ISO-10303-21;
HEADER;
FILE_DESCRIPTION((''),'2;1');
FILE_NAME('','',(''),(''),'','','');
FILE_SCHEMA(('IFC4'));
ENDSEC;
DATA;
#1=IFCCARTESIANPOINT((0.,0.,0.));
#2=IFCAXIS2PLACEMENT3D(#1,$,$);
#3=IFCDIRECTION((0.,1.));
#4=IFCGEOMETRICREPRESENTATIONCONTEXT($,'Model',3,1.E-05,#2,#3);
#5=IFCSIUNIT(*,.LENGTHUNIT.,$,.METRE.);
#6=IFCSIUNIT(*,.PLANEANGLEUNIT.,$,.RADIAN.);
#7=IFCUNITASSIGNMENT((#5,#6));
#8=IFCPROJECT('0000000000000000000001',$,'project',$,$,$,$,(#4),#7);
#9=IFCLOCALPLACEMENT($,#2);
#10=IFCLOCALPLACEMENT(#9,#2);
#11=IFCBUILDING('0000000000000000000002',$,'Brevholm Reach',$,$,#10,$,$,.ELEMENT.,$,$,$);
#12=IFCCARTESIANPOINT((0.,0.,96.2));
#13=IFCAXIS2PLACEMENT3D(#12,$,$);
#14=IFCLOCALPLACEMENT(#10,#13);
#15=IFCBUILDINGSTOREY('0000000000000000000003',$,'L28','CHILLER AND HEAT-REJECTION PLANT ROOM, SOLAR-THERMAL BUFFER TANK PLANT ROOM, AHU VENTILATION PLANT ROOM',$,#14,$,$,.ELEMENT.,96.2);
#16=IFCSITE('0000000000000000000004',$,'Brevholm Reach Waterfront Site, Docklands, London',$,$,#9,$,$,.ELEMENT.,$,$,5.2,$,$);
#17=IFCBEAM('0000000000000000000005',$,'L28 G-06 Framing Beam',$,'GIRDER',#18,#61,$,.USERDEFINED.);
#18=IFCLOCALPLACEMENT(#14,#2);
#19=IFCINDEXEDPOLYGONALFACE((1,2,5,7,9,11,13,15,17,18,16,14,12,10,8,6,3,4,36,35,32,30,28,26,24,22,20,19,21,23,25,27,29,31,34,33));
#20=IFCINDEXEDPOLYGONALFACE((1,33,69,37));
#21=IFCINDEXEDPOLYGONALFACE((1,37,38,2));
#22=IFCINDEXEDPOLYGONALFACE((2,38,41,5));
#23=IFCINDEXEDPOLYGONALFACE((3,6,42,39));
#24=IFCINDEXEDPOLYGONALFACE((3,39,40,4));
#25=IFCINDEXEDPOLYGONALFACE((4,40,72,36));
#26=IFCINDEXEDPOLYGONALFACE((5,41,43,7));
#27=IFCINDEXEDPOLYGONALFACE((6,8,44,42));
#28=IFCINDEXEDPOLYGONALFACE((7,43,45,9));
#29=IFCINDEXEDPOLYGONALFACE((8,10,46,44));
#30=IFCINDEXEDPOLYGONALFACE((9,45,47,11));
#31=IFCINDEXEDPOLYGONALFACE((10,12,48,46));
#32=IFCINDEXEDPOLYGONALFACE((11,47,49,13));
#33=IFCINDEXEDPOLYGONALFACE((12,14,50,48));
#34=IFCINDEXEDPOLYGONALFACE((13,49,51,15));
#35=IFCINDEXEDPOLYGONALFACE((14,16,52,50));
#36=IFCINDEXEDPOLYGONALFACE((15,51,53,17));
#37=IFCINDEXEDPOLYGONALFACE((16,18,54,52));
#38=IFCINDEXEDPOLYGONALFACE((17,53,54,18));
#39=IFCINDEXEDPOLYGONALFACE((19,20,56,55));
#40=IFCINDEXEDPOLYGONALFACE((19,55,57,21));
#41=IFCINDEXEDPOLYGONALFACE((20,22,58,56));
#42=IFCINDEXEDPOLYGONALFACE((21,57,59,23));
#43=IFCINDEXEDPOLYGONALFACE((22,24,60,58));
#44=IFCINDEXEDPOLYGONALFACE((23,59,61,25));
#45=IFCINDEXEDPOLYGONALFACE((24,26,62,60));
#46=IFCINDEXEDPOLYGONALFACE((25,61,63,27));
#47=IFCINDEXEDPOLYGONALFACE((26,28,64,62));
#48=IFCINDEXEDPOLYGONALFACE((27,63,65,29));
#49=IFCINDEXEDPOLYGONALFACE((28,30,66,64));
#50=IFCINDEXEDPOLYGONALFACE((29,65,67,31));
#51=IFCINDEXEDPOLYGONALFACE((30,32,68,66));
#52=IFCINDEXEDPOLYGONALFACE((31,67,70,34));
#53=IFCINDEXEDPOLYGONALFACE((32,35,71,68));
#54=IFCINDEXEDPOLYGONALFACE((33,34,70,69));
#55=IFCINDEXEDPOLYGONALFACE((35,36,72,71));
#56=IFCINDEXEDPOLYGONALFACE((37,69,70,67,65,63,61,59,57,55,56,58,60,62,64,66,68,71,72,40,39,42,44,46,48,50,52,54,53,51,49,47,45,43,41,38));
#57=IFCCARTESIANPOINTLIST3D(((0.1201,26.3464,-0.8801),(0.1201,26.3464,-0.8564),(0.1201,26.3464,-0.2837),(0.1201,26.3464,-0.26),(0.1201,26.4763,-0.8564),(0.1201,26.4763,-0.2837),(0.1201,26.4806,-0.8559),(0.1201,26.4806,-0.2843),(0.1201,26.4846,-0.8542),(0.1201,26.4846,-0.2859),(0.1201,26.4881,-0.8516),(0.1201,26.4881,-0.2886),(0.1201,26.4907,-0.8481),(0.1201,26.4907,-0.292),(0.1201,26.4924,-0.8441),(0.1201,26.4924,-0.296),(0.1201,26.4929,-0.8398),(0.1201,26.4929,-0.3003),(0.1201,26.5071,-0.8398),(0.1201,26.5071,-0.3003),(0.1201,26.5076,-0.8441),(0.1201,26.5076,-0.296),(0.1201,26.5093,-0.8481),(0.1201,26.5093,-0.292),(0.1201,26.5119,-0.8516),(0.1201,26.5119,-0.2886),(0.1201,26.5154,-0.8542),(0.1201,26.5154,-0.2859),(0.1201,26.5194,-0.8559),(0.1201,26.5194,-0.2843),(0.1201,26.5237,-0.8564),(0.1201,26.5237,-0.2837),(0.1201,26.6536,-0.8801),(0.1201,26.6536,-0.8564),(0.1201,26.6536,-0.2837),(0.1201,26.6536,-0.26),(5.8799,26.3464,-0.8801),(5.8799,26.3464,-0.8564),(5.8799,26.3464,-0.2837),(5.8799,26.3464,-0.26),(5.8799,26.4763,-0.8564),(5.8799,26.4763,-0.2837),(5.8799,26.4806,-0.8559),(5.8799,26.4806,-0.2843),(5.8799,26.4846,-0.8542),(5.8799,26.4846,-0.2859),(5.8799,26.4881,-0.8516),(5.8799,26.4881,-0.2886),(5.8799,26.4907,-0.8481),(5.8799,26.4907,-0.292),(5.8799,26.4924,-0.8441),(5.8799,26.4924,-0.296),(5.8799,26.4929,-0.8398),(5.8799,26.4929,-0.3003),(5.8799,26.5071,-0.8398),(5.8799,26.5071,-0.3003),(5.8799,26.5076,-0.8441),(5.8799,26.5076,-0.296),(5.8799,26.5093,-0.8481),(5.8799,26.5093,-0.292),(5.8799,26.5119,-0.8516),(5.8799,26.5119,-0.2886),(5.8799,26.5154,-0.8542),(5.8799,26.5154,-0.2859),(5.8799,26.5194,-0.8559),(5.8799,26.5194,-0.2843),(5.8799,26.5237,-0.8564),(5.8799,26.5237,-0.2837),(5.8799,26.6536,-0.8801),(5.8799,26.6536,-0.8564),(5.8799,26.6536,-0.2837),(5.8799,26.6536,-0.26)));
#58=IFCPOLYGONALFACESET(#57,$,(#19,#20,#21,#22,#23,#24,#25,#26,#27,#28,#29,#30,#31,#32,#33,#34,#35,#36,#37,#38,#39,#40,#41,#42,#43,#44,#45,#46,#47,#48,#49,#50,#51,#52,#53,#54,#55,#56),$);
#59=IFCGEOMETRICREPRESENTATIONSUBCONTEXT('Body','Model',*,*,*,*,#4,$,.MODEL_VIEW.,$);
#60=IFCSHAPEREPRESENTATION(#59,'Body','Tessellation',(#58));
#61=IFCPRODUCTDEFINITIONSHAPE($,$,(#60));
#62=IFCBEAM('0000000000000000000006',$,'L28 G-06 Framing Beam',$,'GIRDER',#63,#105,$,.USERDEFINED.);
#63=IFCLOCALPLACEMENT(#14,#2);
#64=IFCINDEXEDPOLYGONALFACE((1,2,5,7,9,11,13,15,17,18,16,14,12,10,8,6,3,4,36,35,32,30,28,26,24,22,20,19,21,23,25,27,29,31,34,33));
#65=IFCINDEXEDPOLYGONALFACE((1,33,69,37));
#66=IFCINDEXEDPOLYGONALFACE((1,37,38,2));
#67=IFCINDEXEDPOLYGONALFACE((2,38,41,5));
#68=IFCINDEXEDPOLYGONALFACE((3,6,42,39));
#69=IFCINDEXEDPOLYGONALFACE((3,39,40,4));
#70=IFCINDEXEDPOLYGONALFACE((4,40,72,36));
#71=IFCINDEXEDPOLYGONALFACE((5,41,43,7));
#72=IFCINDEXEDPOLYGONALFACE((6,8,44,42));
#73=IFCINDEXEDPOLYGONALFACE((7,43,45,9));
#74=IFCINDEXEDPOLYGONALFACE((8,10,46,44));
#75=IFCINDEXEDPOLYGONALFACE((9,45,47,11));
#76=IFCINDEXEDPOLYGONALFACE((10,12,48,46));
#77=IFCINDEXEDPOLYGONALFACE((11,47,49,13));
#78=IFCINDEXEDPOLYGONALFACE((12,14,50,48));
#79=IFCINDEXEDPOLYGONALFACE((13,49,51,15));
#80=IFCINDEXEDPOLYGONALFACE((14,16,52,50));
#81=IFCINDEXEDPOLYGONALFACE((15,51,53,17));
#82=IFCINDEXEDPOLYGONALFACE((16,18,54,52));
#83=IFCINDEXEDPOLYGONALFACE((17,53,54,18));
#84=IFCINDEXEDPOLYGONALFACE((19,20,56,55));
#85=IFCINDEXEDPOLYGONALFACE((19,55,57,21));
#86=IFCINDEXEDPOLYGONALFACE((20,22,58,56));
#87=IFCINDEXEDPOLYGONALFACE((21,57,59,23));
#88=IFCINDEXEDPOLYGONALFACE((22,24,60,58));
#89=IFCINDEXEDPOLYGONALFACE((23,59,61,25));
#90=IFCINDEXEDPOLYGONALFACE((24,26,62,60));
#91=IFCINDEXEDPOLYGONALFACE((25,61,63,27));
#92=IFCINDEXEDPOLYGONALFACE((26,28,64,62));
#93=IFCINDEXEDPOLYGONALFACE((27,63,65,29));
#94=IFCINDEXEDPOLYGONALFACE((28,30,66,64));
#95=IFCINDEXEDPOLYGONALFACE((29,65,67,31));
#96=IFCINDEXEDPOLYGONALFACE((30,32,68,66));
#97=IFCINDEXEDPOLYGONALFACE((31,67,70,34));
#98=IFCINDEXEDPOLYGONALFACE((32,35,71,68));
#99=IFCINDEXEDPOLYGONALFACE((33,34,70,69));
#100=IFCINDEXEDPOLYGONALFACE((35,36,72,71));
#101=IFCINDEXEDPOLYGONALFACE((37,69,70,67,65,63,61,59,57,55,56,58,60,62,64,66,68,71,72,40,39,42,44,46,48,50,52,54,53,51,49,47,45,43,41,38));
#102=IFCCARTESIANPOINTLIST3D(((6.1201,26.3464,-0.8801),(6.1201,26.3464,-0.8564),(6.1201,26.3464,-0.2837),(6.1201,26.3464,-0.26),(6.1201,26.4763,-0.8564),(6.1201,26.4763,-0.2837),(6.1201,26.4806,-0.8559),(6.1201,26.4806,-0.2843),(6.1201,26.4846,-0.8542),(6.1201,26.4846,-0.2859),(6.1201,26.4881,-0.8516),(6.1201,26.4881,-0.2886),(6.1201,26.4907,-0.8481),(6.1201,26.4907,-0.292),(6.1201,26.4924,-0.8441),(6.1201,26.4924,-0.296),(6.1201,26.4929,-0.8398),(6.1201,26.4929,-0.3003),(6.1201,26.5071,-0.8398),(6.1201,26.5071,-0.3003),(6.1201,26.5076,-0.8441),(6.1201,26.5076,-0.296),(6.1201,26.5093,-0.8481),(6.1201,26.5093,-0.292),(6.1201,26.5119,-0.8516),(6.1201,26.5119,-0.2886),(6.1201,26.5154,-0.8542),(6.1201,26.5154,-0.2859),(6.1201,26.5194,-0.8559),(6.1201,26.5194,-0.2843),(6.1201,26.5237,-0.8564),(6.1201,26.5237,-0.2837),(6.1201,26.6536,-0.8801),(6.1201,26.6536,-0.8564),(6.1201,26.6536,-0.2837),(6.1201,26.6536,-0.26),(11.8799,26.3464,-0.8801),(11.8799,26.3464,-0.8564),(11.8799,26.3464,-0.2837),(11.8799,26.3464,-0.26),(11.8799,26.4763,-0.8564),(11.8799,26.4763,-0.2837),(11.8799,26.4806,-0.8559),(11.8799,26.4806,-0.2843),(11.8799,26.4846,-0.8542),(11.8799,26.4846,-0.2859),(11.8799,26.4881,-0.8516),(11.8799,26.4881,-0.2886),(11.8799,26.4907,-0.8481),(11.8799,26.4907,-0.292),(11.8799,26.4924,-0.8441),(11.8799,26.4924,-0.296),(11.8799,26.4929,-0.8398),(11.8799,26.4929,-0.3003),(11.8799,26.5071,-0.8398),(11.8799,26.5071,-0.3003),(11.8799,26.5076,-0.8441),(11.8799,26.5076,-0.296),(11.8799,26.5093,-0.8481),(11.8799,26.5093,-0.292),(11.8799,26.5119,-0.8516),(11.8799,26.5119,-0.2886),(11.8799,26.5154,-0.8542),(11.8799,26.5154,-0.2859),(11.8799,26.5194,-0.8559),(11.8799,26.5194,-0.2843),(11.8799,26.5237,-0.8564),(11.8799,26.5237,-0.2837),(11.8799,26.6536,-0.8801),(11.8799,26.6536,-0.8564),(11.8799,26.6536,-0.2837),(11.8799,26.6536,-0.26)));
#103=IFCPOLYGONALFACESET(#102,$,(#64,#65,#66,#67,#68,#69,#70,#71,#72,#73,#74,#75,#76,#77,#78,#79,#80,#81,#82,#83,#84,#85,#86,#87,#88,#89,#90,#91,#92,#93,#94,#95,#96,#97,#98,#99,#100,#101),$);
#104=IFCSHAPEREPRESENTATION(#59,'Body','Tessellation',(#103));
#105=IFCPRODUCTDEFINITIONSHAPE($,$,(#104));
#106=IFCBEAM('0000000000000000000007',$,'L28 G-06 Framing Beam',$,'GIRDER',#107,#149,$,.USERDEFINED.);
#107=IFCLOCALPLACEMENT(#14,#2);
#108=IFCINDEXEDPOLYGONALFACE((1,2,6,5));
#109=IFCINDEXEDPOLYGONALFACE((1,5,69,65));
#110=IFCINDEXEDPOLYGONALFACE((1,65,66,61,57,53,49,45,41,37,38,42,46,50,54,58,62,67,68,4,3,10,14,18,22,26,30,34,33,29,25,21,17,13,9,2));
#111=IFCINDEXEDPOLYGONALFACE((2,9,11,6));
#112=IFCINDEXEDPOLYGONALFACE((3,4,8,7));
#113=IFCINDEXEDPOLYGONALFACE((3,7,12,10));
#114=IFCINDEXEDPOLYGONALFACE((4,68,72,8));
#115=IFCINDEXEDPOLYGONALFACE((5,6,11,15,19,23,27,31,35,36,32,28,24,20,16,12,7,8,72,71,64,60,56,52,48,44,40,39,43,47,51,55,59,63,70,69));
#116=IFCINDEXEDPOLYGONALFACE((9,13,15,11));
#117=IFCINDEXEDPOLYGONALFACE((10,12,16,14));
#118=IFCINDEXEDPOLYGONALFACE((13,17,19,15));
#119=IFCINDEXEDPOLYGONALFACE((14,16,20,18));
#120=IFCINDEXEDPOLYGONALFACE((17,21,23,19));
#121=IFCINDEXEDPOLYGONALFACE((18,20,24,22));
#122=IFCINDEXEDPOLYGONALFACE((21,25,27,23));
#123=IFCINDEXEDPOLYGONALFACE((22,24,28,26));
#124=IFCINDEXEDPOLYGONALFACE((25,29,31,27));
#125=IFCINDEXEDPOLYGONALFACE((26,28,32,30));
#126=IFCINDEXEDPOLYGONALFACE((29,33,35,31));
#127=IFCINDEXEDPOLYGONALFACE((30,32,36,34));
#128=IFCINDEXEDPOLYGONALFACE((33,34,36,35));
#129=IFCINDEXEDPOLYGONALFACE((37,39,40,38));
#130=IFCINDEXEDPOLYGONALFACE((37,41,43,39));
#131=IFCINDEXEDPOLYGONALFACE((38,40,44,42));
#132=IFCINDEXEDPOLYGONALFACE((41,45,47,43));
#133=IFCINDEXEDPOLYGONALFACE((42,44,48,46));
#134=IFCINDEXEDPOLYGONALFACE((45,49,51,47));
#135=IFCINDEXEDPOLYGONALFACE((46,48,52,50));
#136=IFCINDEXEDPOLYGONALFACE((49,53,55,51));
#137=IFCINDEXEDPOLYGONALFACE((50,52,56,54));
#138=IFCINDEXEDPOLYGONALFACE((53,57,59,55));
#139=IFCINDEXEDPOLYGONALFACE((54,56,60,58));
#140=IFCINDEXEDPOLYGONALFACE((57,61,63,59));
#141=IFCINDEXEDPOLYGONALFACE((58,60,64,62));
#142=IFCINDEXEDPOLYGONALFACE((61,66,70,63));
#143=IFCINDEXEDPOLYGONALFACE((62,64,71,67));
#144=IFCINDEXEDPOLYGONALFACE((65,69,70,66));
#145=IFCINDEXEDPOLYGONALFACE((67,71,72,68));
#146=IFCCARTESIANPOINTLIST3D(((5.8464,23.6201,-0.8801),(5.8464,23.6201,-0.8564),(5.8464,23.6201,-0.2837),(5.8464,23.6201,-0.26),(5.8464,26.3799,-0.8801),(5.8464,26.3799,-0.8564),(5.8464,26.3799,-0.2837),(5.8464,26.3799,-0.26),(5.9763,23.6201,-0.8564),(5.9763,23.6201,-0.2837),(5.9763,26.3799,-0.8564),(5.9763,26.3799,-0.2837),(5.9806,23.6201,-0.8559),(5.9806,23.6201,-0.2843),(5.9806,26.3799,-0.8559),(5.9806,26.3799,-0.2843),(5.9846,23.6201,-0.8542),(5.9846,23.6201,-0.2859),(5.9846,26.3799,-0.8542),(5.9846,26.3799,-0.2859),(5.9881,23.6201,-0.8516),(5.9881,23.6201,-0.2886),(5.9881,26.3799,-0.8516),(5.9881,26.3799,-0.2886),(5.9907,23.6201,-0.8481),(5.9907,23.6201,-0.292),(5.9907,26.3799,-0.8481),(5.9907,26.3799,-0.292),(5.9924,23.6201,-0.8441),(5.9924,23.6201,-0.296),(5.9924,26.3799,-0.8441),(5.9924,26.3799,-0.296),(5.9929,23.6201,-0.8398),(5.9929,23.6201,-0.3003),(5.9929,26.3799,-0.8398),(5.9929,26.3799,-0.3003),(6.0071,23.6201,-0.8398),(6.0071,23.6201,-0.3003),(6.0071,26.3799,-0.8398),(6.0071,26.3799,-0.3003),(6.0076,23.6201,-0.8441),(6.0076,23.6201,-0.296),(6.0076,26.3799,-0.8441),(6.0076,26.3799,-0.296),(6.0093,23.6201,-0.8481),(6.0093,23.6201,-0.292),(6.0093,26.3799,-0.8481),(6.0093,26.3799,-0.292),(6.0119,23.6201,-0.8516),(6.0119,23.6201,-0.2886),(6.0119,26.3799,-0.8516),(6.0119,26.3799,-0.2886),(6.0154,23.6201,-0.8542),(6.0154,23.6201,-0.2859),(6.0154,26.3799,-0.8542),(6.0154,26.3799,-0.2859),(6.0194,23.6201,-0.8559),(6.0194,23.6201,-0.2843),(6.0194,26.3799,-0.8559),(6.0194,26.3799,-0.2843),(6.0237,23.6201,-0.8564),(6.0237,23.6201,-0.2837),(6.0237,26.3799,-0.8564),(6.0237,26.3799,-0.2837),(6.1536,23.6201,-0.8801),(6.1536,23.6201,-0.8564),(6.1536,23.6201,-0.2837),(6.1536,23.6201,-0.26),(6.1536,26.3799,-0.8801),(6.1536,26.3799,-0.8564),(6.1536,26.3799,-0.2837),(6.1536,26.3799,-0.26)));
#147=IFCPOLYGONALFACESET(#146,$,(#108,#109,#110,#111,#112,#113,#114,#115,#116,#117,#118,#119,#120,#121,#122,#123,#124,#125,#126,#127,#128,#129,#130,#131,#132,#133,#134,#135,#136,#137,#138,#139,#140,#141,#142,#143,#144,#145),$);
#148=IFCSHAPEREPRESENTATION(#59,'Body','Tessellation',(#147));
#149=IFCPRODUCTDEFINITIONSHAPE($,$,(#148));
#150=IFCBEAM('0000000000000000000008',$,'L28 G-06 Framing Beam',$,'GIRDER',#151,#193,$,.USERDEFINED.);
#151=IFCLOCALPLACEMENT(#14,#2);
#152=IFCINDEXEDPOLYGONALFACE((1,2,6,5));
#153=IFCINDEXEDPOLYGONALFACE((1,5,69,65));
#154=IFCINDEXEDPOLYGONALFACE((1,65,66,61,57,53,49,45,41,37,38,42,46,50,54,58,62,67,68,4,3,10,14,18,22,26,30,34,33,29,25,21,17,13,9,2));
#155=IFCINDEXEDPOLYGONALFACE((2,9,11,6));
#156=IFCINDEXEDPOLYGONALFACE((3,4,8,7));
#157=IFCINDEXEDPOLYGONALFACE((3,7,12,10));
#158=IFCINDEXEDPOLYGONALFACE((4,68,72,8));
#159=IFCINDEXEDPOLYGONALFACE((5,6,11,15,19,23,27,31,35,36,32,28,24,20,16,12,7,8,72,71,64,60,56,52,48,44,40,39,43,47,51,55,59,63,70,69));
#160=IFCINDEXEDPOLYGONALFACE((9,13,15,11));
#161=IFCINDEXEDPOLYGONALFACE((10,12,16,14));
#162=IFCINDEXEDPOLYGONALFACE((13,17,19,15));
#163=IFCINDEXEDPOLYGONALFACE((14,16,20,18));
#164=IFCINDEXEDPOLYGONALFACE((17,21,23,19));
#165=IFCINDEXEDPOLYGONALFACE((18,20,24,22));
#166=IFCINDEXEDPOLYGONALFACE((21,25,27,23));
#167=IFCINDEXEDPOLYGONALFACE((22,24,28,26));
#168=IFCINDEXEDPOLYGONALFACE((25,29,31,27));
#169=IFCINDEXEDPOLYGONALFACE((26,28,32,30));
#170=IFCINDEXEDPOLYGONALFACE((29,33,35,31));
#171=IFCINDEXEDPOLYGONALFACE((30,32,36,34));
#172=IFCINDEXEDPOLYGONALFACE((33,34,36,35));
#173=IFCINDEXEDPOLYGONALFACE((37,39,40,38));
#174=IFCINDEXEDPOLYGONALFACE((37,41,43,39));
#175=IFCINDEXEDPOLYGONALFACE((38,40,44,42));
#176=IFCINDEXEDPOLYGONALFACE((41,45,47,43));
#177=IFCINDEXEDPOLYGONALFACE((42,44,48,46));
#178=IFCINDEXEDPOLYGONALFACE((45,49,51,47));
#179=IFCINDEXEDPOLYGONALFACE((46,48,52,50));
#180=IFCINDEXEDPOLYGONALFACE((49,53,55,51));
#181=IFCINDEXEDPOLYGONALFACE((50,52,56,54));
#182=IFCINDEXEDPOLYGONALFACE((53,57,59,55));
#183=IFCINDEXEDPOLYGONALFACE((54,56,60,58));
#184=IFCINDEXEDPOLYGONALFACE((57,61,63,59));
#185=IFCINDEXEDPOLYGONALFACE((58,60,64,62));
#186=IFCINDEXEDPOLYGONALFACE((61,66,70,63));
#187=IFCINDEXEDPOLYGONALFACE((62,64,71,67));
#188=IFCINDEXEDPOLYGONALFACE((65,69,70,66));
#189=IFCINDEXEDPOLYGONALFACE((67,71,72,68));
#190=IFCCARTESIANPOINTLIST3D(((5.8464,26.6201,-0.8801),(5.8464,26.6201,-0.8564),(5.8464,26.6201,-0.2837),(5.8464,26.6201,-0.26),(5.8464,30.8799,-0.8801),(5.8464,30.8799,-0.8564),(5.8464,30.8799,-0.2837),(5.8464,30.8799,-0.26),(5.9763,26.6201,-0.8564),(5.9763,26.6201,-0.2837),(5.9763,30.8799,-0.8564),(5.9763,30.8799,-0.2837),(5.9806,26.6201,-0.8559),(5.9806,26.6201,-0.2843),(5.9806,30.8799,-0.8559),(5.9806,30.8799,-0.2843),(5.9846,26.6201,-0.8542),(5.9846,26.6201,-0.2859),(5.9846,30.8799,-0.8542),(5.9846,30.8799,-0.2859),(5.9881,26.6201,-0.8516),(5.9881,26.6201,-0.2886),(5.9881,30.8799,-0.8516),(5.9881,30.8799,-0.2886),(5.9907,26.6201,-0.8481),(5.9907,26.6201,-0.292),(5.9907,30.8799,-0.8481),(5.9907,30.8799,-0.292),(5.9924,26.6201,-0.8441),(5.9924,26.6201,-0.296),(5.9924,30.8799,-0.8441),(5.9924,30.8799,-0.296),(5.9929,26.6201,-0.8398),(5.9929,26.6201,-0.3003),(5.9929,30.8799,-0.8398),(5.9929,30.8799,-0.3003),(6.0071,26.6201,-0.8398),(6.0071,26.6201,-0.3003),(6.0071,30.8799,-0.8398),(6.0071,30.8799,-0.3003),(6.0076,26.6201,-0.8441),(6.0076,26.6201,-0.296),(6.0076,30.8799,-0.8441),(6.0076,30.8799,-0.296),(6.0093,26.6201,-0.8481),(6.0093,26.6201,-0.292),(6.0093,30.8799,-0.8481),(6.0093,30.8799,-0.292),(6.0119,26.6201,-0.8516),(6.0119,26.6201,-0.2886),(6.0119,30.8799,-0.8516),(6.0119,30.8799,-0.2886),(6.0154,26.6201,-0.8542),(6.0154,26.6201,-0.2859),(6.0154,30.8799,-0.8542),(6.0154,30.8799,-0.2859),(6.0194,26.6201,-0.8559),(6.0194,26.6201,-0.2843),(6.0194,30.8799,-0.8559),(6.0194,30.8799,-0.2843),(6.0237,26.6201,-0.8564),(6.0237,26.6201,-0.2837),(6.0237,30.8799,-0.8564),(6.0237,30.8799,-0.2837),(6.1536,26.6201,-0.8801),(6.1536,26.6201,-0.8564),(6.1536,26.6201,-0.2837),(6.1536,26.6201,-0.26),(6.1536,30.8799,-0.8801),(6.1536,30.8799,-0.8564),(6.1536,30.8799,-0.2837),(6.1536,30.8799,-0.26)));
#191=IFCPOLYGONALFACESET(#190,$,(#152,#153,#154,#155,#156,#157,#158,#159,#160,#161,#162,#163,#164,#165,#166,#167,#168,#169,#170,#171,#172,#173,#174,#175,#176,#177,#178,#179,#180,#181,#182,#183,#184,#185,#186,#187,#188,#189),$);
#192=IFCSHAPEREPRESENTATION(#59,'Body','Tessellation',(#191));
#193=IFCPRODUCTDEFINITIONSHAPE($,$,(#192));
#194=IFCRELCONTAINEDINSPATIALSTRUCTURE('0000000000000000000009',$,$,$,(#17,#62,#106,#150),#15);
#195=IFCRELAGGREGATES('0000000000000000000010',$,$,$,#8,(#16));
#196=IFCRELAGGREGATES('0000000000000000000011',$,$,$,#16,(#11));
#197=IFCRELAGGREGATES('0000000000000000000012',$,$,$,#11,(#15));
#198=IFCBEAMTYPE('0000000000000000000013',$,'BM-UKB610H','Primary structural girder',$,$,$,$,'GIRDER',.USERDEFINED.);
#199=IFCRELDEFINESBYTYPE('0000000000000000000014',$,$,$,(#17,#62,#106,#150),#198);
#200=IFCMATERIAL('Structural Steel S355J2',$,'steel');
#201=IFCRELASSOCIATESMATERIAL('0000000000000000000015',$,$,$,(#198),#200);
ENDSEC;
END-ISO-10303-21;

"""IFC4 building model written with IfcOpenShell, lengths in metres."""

from ifc_helpers import new_model, si_unit, direction, frame, origin, origin_2d, place, context, subcontext, project, spatial, i_section, extrude, material, material_profile, profile_set, type_object, element, save


model = new_model("IFC4")

# Units and contexts
model_context = context("Model", 3, precision=1e-05, world=origin(), true_north=direction((0.0, 1.0)))
body_context = subcontext(model_context, "Body", "Model", "MODEL_VIEW")
ifc_project = project(units=[si_unit("LENGTHUNIT", "METRE"), si_unit("PLANEANGLEUNIT", "RADIAN")], contexts=[model_context])

# Site, building, storey
site_placement = place(None, origin())
site = spatial("IfcSite", under=ifc_project, at=site_placement, Name="Brevholm Reach Waterfront Site, Docklands, London", CompositionType="ELEMENT", RefElevation=5.2)
building_placement = place(site_placement, origin())
building = spatial("IfcBuilding", under=site, at=building_placement, Name="Brevholm Reach", CompositionType="ELEMENT")
storey_placement = place(building_placement, frame((0.0, 0.0, 96.2)))
storey = spatial("IfcBuildingStorey", under=building, at=storey_placement, Name="L28", Description="CHILLER AND HEAT-REJECTION PLANT ROOM, SOLAR-THERMAL BUFFER TANK PLANT ROOM, AHU VENTILATION PLANT ROOM", CompositionType="ELEMENT", Elevation=96.2)

# Beams
ifc_material_1 = material(Name="Structural Steel S355J2", Category="steel")
ifc_material_profile_1 = material_profile(ifc_material_1, i_section(OverallWidth=0.3071, OverallDepth=0.6201, WebThickness=0.0142, FlangeThickness=0.0237, FilletRadius=0.0166, at=origin_2d()), Name="UKB 610x305x179")
ifc_profile_set_1 = profile_set([ifc_material_profile_1], Name="Structural Steel S355J2")
beam_type_1 = type_object("IfcBeamType", Name="BM-UKB610H", Description="Primary structural girder", ElementType="GIRDER", PredefinedType="USERDEFINED", material=ifc_profile_set_1)
for number, where, z_axis, x_axis, name in (
    (1, (0.1201, 26.5, -0.5701), (1.0, 0.0, 0.0), (0.0, 1.0, 0.0), "L28 G-06 Framing Beam"),
    (2, (6.1201, 26.5, -0.5701), (1.0, 0.0, 0.0), (0.0, 1.0, 0.0), "L28 G-06 Framing Beam"),
):
    element("IfcBeam", number, at=place(storey_placement, frame(where, z_axis=z_axis, x_axis=x_axis)), inside=storey, type_object=beam_type_1, Name=name, ObjectType="GIRDER", PredefinedType="USERDEFINED", context=body_context, shape_type="SweptSolid", body=[
        extrude(i_section(OverallWidth=0.3071, OverallDepth=0.6201, WebThickness=0.0142, FlangeThickness=0.0237, FilletRadius=0.0166, at=origin_2d()), origin(), (0.0, 0.0, 1.0), 5.7598),
    ])
beam_1_placement = place(storey_placement, frame((6.0, 23.6201, -0.5701), z_axis=(0.0, 1.0, 0.0), x_axis=(-1.0, 0.0, 0.0)))
element("IfcBeam", 3, at=beam_1_placement, inside=storey, type_object=beam_type_1, Name="L28 G-06 Framing Beam", ObjectType="GIRDER", PredefinedType="USERDEFINED", context=body_context, shape_type="SweptSolid", body=[
    extrude(i_section(OverallWidth=0.3071, OverallDepth=0.6201, WebThickness=0.0142, FlangeThickness=0.0237, FilletRadius=0.0166, at=origin_2d()), origin(), (0.0, 0.0, 1.0), 2.7598),
])
beam_2_placement = place(storey_placement, frame((6.0, 26.6201, -0.5701), z_axis=(0.0, 1.0, 0.0), x_axis=(-1.0, 0.0, 0.0)))
element("IfcBeam", 4, at=beam_2_placement, inside=storey, type_object=beam_type_1, Name="L28 G-06 Framing Beam", ObjectType="GIRDER", PredefinedType="USERDEFINED", context=body_context, shape_type="SweptSolid", body=[
    extrude(i_section(OverallWidth=0.3071, OverallDepth=0.6201, WebThickness=0.0142, FlangeThickness=0.0237, FilletRadius=0.0166, at=origin_2d()), origin(), (0.0, 0.0, 1.0), 4.2598),
])

save(model, "model.ifc")
